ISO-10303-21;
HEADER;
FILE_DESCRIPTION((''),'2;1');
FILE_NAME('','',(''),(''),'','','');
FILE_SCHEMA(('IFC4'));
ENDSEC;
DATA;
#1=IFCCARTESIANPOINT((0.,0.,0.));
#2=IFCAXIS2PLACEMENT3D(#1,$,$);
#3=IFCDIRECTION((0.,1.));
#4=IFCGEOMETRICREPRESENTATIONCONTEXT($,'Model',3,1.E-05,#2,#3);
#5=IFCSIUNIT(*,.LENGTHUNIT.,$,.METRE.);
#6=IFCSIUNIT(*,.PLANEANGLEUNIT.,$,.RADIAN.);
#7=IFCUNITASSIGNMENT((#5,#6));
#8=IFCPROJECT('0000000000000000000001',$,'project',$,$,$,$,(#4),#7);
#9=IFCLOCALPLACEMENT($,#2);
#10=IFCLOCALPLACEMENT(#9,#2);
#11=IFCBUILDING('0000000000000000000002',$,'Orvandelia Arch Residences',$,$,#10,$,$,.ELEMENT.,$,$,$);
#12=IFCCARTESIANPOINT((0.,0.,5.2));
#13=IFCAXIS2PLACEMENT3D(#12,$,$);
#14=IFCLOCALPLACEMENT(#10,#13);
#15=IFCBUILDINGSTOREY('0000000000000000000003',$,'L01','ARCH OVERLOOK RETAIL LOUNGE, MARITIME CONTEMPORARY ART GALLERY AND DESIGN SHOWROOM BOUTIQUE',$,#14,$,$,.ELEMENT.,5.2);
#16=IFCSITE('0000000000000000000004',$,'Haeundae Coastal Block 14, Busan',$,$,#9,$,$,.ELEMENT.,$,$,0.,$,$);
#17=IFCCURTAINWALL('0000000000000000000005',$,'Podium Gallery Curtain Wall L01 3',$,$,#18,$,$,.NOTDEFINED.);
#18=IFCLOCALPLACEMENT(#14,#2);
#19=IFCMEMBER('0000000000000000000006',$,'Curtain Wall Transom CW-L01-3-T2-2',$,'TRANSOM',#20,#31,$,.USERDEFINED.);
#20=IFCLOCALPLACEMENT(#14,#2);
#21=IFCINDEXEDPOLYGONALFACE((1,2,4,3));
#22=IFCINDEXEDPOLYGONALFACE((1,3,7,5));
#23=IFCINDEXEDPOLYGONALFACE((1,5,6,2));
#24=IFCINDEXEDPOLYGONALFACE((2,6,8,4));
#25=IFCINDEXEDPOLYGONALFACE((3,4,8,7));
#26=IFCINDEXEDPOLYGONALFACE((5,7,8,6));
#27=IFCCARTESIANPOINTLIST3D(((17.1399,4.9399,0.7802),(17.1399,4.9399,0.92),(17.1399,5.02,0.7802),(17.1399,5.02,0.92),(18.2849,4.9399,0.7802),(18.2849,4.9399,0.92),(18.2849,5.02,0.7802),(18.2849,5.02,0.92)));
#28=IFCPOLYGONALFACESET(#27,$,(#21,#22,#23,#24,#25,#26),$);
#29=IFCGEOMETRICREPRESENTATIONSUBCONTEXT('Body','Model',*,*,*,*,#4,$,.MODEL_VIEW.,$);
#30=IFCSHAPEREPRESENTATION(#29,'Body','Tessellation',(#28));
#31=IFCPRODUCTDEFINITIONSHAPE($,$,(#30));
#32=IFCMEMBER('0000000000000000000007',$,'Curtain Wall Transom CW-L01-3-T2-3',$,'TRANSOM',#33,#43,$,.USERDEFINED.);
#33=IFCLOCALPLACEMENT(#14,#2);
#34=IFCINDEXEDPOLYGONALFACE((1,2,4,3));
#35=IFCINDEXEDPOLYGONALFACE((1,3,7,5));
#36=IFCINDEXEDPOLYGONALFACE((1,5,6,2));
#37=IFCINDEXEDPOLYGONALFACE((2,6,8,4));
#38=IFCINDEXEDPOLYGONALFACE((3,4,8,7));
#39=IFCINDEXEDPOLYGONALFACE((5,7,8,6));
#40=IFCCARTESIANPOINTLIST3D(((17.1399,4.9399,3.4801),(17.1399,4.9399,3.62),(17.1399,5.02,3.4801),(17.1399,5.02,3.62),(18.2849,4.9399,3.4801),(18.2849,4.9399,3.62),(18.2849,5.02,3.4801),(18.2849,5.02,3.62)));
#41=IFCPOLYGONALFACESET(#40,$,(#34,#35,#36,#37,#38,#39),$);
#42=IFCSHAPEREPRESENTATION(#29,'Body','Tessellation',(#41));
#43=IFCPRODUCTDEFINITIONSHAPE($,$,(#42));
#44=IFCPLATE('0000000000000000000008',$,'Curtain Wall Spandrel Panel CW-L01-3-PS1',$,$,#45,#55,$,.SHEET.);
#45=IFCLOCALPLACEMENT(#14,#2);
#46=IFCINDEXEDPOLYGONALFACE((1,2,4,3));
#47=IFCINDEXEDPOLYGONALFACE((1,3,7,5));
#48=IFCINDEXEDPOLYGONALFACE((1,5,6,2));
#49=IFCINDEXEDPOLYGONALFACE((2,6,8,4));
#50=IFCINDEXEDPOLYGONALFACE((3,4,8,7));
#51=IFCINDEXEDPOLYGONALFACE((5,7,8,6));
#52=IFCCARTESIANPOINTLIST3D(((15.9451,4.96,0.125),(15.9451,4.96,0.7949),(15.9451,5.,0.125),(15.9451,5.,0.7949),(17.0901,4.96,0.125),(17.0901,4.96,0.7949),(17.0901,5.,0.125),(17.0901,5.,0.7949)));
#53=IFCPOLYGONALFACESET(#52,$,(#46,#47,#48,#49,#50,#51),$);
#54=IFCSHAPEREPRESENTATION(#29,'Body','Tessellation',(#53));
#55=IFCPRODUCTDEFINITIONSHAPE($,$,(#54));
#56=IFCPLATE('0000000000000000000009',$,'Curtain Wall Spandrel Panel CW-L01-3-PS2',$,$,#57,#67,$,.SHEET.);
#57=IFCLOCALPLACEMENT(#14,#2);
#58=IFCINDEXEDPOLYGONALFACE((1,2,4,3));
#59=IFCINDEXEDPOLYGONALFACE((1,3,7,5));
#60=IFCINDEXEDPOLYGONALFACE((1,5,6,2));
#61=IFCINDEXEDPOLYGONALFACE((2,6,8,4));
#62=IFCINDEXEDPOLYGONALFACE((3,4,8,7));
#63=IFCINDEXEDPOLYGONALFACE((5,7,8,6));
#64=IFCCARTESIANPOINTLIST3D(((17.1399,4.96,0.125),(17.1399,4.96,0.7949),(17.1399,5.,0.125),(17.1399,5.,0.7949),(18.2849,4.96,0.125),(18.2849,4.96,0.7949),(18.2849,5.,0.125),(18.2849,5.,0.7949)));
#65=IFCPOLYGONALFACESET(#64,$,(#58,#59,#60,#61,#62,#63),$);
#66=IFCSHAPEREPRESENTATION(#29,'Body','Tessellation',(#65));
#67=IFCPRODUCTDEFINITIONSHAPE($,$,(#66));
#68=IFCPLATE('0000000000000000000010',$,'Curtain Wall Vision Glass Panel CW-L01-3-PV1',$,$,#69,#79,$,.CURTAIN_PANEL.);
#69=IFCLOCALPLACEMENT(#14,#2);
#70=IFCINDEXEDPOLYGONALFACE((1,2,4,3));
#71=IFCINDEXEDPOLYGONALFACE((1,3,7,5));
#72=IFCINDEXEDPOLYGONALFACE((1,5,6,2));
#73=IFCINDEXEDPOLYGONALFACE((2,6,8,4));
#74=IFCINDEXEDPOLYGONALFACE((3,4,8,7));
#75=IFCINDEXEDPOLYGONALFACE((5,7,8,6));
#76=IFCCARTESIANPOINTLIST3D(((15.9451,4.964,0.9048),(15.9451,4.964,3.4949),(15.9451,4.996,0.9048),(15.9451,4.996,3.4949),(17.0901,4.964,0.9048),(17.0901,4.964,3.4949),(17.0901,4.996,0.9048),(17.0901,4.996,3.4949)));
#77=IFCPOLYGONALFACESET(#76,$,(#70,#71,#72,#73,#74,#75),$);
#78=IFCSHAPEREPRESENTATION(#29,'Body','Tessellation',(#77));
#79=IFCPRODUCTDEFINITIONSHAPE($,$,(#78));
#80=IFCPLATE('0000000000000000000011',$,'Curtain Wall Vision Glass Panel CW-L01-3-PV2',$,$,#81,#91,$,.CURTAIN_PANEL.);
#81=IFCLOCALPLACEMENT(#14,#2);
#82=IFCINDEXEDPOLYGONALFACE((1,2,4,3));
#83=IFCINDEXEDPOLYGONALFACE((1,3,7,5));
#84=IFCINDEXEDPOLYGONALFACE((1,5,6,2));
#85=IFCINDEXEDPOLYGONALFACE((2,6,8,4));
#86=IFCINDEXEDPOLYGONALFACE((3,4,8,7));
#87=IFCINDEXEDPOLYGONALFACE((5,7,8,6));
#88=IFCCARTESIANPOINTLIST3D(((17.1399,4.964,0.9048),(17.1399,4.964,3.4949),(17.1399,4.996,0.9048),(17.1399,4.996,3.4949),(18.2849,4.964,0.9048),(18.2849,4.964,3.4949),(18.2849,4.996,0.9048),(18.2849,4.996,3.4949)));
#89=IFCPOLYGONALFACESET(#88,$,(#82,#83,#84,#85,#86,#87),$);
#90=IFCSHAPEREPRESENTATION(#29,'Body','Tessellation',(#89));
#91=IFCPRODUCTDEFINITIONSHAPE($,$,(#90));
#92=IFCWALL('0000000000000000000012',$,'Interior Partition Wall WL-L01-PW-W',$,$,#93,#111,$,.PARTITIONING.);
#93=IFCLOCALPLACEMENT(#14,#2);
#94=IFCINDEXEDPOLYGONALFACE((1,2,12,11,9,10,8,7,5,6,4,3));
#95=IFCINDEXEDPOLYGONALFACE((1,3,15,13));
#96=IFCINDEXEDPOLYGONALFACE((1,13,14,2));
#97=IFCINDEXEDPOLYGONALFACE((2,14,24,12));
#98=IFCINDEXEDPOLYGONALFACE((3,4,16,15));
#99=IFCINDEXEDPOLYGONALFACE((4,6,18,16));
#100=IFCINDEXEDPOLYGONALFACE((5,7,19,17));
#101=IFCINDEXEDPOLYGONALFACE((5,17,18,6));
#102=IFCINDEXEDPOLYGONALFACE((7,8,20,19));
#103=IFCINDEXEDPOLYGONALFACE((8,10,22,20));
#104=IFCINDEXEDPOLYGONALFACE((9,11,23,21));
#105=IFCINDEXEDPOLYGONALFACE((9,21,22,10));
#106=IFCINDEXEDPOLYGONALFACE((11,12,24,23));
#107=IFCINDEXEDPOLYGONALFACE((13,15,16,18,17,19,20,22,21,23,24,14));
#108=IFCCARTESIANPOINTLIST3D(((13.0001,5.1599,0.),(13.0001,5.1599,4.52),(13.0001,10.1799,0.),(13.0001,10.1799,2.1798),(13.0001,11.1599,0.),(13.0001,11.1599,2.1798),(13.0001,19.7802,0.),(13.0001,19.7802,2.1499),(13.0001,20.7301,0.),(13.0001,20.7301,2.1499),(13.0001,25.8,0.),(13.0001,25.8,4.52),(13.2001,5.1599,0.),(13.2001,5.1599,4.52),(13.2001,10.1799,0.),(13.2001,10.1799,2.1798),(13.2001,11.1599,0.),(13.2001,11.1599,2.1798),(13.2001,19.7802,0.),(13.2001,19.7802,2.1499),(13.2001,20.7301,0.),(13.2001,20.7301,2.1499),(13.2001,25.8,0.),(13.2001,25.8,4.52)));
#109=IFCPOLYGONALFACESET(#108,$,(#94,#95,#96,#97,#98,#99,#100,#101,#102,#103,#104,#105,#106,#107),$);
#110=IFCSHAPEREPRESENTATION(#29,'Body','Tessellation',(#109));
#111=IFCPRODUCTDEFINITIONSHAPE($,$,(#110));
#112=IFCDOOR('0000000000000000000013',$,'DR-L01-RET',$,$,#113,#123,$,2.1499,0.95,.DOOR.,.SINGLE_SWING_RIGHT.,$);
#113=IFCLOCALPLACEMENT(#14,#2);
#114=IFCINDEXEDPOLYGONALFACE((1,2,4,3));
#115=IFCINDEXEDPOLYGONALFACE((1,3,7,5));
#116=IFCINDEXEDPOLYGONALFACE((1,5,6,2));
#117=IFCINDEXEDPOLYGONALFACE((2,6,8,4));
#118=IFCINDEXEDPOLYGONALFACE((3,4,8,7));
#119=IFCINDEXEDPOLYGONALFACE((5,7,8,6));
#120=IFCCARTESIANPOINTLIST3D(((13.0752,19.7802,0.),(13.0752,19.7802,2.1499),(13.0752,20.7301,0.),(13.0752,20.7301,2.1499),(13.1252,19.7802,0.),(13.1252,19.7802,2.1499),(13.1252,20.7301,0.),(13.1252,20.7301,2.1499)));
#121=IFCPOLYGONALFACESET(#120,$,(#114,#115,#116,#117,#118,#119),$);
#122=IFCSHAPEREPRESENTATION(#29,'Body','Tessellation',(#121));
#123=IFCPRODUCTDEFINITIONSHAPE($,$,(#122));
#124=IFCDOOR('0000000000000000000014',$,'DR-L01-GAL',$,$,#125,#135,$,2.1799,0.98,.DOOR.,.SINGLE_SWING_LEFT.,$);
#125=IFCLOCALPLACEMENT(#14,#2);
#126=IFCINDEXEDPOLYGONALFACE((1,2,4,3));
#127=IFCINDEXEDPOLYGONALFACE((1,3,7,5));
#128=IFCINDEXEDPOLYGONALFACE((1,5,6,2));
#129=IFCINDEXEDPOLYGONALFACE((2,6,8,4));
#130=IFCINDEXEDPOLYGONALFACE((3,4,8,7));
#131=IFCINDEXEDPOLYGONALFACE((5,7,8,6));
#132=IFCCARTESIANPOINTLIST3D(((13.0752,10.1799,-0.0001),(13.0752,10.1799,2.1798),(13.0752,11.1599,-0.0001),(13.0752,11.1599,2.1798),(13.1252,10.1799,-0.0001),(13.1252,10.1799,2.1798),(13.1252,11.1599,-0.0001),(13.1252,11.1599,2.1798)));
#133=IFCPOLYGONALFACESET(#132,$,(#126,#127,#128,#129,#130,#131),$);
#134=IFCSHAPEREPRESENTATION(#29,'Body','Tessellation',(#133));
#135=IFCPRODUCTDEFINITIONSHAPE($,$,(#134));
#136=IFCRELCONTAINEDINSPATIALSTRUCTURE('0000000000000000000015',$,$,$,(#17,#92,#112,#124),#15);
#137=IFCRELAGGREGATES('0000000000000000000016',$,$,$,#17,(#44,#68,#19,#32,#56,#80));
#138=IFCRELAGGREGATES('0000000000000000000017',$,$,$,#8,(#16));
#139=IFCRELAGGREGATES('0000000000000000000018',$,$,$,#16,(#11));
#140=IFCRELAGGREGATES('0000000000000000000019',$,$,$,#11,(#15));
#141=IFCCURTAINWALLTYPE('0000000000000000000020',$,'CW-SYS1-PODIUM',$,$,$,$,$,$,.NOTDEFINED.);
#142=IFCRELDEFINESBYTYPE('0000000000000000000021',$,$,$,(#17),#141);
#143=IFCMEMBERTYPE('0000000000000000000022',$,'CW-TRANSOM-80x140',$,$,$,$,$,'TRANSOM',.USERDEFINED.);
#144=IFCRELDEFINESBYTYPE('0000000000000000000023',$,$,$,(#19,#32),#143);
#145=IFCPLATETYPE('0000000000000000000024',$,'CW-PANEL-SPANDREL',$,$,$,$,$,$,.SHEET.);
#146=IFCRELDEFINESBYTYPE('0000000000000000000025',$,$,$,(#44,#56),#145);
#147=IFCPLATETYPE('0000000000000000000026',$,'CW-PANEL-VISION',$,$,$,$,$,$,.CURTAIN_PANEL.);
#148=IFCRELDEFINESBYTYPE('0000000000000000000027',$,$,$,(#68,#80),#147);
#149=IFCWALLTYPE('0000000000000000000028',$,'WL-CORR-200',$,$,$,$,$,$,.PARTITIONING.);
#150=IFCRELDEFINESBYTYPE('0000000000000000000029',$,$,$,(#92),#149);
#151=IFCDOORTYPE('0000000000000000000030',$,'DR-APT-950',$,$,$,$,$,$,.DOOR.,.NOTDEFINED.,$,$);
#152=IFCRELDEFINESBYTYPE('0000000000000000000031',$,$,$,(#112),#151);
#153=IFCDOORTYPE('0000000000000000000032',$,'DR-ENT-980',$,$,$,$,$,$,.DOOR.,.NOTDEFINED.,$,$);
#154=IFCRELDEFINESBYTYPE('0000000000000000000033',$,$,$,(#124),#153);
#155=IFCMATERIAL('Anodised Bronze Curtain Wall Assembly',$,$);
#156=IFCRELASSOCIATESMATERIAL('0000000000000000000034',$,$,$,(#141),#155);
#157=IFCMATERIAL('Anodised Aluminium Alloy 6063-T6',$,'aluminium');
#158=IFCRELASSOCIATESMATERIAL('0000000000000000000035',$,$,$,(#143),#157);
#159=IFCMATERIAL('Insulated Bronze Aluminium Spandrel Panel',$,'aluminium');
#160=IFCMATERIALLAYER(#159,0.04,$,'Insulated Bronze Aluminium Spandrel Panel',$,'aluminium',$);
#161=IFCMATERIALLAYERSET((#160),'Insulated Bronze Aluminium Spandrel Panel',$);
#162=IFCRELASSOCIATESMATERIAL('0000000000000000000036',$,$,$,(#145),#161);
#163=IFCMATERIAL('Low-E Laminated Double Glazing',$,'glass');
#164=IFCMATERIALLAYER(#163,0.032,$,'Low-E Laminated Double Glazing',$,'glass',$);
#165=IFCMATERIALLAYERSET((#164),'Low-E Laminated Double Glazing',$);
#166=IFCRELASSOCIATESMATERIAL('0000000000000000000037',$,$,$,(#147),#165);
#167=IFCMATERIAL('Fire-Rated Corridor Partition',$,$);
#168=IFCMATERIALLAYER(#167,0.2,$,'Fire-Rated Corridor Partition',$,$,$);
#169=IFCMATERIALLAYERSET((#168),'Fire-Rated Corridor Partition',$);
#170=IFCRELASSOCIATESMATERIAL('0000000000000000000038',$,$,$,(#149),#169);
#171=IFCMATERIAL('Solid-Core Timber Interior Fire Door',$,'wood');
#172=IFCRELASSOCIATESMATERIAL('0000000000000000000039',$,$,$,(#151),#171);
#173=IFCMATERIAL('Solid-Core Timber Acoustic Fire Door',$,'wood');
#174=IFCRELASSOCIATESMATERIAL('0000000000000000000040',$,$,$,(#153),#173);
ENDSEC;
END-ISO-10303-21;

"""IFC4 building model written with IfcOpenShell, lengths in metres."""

from ifc_helpers import new_model, si_unit, direction, frame, frame_2d, origin, origin_2d, place, context, subcontext, project, spatial, rectangle, extrude, material, layer, layer_set, material_profile, profile_set, type_object, element, fill, aggregate, save


model = new_model("IFC4")

# Units and contexts
model_context = context("Model", 3, precision=1e-05, world=origin(), true_north=direction((0.0, 1.0)))
body_context = subcontext(model_context, "Body", "Model", "MODEL_VIEW")
ifc_project = project(units=[si_unit("LENGTHUNIT", "METRE"), si_unit("PLANEANGLEUNIT", "RADIAN")], contexts=[model_context])

# Site, building, storey
site_placement = place(None, origin())
site = spatial("IfcSite", under=ifc_project, at=site_placement, Name="Haeundae Coastal Block 14, Busan", CompositionType="ELEMENT", RefElevation=0.0)
building_placement = place(site_placement, origin())
building = spatial("IfcBuilding", under=site, at=building_placement, Name="Orvandelia Arch Residences", CompositionType="ELEMENT")
storey_placement = place(building_placement, frame((0.0, 0.0, 5.2)))
storey = spatial("IfcBuildingStorey", under=building, at=storey_placement, Name="L01", Description="ARCH OVERLOOK RETAIL LOUNGE, MARITIME CONTEMPORARY ART GALLERY AND DESIGN SHOWROOM BOUTIQUE", CompositionType="ELEMENT", Elevation=5.2)

# Curtain wall, members, plates
ifc_material_1 = material(Name="Anodised Bronze Curtain Wall Assembly")
curtain_wall_type = type_object("IfcCurtainWallType", Name="CW-SYS1-PODIUM", PredefinedType="NOTDEFINED", material=ifc_material_1)
curtain_wall_placement = place(storey_placement, origin())
curtain_wall = element("IfcCurtainWall", 1, at=curtain_wall_placement, inside=storey, type_object=curtain_wall_type, Name="Podium Gallery Curtain Wall L01 3", PredefinedType="NOTDEFINED")
ifc_material_2 = material(Name="Anodised Aluminium Alloy 6063-T6", Category="aluminium")
ifc_material_profile_1 = material_profile(ifc_material_2, rectangle(XDim=0.0801, YDim=0.1399, at=origin_2d()), Name="Anodised Aluminium Alloy 6063-T6", Category="aluminium")
ifc_profile_set_1 = profile_set([ifc_material_profile_1], Name="Anodised Aluminium Alloy 6063-T6")
member_type_1 = type_object("IfcMemberType", Name="CW-TRANSOM-80x140", ElementType="TRANSOM", PredefinedType="USERDEFINED", material=ifc_profile_set_1)
member_1_placement = place(storey_placement, frame((17.1399, 4.98, 0.8501), z_axis=(1.0, 0.0, 0.0), x_axis=(0.0, 1.0, 0.0)))
member_1 = element("IfcMember", 2, at=member_1_placement, type_object=member_type_1, Name="Curtain Wall Transom CW-L01-3-T2-2", ObjectType="TRANSOM", PredefinedType="USERDEFINED", context=body_context, shape_type="SweptSolid", body=[
    extrude(rectangle(XDim=0.0801, YDim=0.1399, at=origin_2d()), origin(), (0.0, 0.0, 1.0), 1.145),
])
member_2_placement = place(storey_placement, frame((17.1399, 4.98, 3.55), z_axis=(1.0, 0.0, 0.0), x_axis=(0.0, 1.0, 0.0)))
member_2 = element("IfcMember", 3, at=member_2_placement, type_object=member_type_1, Name="Curtain Wall Transom CW-L01-3-T2-3", ObjectType="TRANSOM", PredefinedType="USERDEFINED", context=body_context, shape_type="SweptSolid", body=[
    extrude(rectangle(XDim=0.0801, YDim=0.1399, at=origin_2d()), origin(), (0.0, 0.0, 1.0), 1.145),
])
ifc_material_3 = material(Name="Insulated Bronze Aluminium Spandrel Panel", Category="aluminium")
ifc_layer_1 = layer(ifc_material_3, 0.04, Name="Insulated Bronze Aluminium Spandrel Panel", Category="aluminium")
ifc_layer_set_1 = layer_set([ifc_layer_1], Name="Insulated Bronze Aluminium Spandrel Panel")
plate_type_1 = type_object("IfcPlateType", Name="CW-PANEL-SPANDREL", PredefinedType="SHEET", material=ifc_layer_set_1)
plate_1_placement = place(storey_placement, frame((16.5176, 4.98, 0.125), z_axis=(0.0, 0.0, 1.0), x_axis=(1.0, 0.0, 0.0)))
plate_1 = element("IfcPlate", 4, at=plate_1_placement, type_object=plate_type_1, Name="Curtain Wall Spandrel Panel CW-L01-3-PS1", PredefinedType="SHEET", context=body_context, shape_type="SweptSolid", body=[
    extrude(rectangle(XDim=1.145, YDim=0.04, at=origin_2d()), origin(), (0.0, 0.0, 1.0), 0.6699),
])
plate_2_placement = place(storey_placement, frame((17.7124, 4.98, 0.125), z_axis=(0.0, 0.0, 1.0), x_axis=(1.0, 0.0, 0.0)))
plate_2 = element("IfcPlate", 5, at=plate_2_placement, type_object=plate_type_1, Name="Curtain Wall Spandrel Panel CW-L01-3-PS2", PredefinedType="SHEET", context=body_context, shape_type="SweptSolid", body=[
    extrude(rectangle(XDim=1.145, YDim=0.04, at=origin_2d()), origin(), (0.0, 0.0, 1.0), 0.6699),
])
ifc_material_4 = material(Name="Low-E Laminated Double Glazing", Category="glass")
ifc_layer_2 = layer(ifc_material_4, 0.032, Name="Low-E Laminated Double Glazing", Category="glass")
ifc_layer_set_2 = layer_set([ifc_layer_2], Name="Low-E Laminated Double Glazing")
plate_type_2 = type_object("IfcPlateType", Name="CW-PANEL-VISION", PredefinedType="CURTAIN_PANEL", material=ifc_layer_set_2)
plate_3_placement = place(storey_placement, frame((16.5176, 4.98, 0.9048), z_axis=(0.0, 0.0, 1.0), x_axis=(1.0, 0.0, 0.0)))
plate_3 = element("IfcPlate", 6, at=plate_3_placement, type_object=plate_type_2, Name="Curtain Wall Vision Glass Panel CW-L01-3-PV1", PredefinedType="CURTAIN_PANEL", context=body_context, shape_type="SweptSolid", body=[
    extrude(rectangle(XDim=1.145, YDim=0.032, at=origin_2d()), origin(), (0.0, 0.0, 1.0), 2.5901),
])
plate_4_placement = place(storey_placement, frame((17.7124, 4.98, 0.9048), z_axis=(0.0, 0.0, 1.0), x_axis=(1.0, 0.0, 0.0)))
plate_4 = element("IfcPlate", 7, at=plate_4_placement, type_object=plate_type_2, Name="Curtain Wall Vision Glass Panel CW-L01-3-PV2", PredefinedType="CURTAIN_PANEL", context=body_context, shape_type="SweptSolid", body=[
    extrude(rectangle(XDim=1.145, YDim=0.032, at=origin_2d()), origin(), (0.0, 0.0, 1.0), 2.5901),
])
aggregate(curtain_wall, [plate_1, plate_3, member_1, member_2, plate_2, plate_4])

# Wall, openings, doors
ifc_material_5 = material(Name="Fire-Rated Corridor Partition")
ifc_layer_3 = layer(ifc_material_5, 0.2, Name="Fire-Rated Corridor Partition")
ifc_layer_set_3 = layer_set([ifc_layer_3], Name="Fire-Rated Corridor Partition")
wall_type_1 = type_object("IfcWallType", Name="WL-CORR-200", PredefinedType="PARTITIONING", material=ifc_layer_set_3)
wall_1_placement = place(storey_placement, frame((13.1001, 5.1599, 0.0), z_axis=(0.0, 0.0, 1.0), x_axis=(0.0, 1.0, 0.0)))
wall_1 = element("IfcWall", 8, at=wall_1_placement, inside=storey, type_object=wall_type_1, Name="Interior Partition Wall WL-L01-PW-W", PredefinedType="PARTITIONING", context=body_context, shape_type="SweptSolid", body=[
    extrude(rectangle(XDim=20.6401, YDim=0.2, at=frame_2d((10.3201, 0.0))), origin(), (0.0, 0.0, 1.0), 4.52),
])
opening_1_placement = place(wall_1_placement, frame((5.02, 0.0, 0.0)))
opening_1 = element("IfcOpeningElement", 9, at=opening_1_placement, cuts=wall_1, PredefinedType="OPENING", context=body_context, shape_type="SweptSolid", body=[
    extrude(rectangle(XDim=0.98, YDim=2.1799, at=frame_2d((0.49, 1.0898))), frame((0.0, 0.1099, 0.0), z_axis=(0.0, -1.0, 0.0), x_axis=(1.0, 0.0, 0.0)), (0.0, 0.0, 1.0), 0.22),
])
opening_2_placement = place(wall_1_placement, frame((14.6201, 0.0, 0.0)))
opening_2 = element("IfcOpeningElement", 10, at=opening_2_placement, cuts=wall_1, PredefinedType="OPENING", context=body_context, shape_type="SweptSolid", body=[
    extrude(rectangle(XDim=0.95, YDim=2.1499, at=frame_2d((0.4751, 1.075))), frame((0.0, 0.1099, 0.0), z_axis=(0.0, -1.0, 0.0), x_axis=(1.0, 0.0, 0.0)), (0.0, 0.0, 1.0), 0.22),
])
ifc_material_6 = material(Name="Solid-Core Timber Interior Fire Door", Category="wood")
door_type_1 = type_object("IfcDoorType", Name="DR-APT-950", OperationType="NOTDEFINED", PredefinedType="DOOR", material=ifc_material_6)
door_1_placement = place(opening_2_placement, origin())
door_1 = element("IfcDoor", 11, at=door_1_placement, inside=storey, type_object=door_type_1, Name="DR-L01-RET", OperationType="SINGLE_SWING_RIGHT", OverallHeight=2.1499, OverallWidth=0.95, PredefinedType="DOOR", context=body_context, shape_type="SweptSolid", body=[
    extrude(rectangle(XDim=0.95, YDim=2.1499, at=frame_2d((0.4751, 1.075))), frame((0.0, 0.0249, 0.0), z_axis=(0.0, -1.0, 0.0), x_axis=(1.0, 0.0, 0.0)), (0.0, 0.0, 1.0), 0.05),
])
fill(opening_2, door_1)
ifc_material_7 = material(Name="Solid-Core Timber Acoustic Fire Door", Category="wood")
door_type_2 = type_object("IfcDoorType", Name="DR-ENT-980", OperationType="NOTDEFINED", PredefinedType="DOOR", material=ifc_material_7)
door_2_placement = place(opening_1_placement, origin())
door_2 = element("IfcDoor", 12, at=door_2_placement, inside=storey, type_object=door_type_2, Name="DR-L01-GAL", OperationType="SINGLE_SWING_LEFT", OverallHeight=2.1799, OverallWidth=0.98, PredefinedType="DOOR", context=body_context, shape_type="SweptSolid", body=[
    extrude(rectangle(XDim=0.98, YDim=2.1799, at=frame_2d((0.49, 1.0898))), frame((0.0, 0.0249, 0.0), z_axis=(0.0, -1.0, 0.0), x_axis=(1.0, 0.0, 0.0)), (0.0, 0.0, 1.0), 0.05),
])
fill(opening_1, door_2)

save(model, "model.ifc")
